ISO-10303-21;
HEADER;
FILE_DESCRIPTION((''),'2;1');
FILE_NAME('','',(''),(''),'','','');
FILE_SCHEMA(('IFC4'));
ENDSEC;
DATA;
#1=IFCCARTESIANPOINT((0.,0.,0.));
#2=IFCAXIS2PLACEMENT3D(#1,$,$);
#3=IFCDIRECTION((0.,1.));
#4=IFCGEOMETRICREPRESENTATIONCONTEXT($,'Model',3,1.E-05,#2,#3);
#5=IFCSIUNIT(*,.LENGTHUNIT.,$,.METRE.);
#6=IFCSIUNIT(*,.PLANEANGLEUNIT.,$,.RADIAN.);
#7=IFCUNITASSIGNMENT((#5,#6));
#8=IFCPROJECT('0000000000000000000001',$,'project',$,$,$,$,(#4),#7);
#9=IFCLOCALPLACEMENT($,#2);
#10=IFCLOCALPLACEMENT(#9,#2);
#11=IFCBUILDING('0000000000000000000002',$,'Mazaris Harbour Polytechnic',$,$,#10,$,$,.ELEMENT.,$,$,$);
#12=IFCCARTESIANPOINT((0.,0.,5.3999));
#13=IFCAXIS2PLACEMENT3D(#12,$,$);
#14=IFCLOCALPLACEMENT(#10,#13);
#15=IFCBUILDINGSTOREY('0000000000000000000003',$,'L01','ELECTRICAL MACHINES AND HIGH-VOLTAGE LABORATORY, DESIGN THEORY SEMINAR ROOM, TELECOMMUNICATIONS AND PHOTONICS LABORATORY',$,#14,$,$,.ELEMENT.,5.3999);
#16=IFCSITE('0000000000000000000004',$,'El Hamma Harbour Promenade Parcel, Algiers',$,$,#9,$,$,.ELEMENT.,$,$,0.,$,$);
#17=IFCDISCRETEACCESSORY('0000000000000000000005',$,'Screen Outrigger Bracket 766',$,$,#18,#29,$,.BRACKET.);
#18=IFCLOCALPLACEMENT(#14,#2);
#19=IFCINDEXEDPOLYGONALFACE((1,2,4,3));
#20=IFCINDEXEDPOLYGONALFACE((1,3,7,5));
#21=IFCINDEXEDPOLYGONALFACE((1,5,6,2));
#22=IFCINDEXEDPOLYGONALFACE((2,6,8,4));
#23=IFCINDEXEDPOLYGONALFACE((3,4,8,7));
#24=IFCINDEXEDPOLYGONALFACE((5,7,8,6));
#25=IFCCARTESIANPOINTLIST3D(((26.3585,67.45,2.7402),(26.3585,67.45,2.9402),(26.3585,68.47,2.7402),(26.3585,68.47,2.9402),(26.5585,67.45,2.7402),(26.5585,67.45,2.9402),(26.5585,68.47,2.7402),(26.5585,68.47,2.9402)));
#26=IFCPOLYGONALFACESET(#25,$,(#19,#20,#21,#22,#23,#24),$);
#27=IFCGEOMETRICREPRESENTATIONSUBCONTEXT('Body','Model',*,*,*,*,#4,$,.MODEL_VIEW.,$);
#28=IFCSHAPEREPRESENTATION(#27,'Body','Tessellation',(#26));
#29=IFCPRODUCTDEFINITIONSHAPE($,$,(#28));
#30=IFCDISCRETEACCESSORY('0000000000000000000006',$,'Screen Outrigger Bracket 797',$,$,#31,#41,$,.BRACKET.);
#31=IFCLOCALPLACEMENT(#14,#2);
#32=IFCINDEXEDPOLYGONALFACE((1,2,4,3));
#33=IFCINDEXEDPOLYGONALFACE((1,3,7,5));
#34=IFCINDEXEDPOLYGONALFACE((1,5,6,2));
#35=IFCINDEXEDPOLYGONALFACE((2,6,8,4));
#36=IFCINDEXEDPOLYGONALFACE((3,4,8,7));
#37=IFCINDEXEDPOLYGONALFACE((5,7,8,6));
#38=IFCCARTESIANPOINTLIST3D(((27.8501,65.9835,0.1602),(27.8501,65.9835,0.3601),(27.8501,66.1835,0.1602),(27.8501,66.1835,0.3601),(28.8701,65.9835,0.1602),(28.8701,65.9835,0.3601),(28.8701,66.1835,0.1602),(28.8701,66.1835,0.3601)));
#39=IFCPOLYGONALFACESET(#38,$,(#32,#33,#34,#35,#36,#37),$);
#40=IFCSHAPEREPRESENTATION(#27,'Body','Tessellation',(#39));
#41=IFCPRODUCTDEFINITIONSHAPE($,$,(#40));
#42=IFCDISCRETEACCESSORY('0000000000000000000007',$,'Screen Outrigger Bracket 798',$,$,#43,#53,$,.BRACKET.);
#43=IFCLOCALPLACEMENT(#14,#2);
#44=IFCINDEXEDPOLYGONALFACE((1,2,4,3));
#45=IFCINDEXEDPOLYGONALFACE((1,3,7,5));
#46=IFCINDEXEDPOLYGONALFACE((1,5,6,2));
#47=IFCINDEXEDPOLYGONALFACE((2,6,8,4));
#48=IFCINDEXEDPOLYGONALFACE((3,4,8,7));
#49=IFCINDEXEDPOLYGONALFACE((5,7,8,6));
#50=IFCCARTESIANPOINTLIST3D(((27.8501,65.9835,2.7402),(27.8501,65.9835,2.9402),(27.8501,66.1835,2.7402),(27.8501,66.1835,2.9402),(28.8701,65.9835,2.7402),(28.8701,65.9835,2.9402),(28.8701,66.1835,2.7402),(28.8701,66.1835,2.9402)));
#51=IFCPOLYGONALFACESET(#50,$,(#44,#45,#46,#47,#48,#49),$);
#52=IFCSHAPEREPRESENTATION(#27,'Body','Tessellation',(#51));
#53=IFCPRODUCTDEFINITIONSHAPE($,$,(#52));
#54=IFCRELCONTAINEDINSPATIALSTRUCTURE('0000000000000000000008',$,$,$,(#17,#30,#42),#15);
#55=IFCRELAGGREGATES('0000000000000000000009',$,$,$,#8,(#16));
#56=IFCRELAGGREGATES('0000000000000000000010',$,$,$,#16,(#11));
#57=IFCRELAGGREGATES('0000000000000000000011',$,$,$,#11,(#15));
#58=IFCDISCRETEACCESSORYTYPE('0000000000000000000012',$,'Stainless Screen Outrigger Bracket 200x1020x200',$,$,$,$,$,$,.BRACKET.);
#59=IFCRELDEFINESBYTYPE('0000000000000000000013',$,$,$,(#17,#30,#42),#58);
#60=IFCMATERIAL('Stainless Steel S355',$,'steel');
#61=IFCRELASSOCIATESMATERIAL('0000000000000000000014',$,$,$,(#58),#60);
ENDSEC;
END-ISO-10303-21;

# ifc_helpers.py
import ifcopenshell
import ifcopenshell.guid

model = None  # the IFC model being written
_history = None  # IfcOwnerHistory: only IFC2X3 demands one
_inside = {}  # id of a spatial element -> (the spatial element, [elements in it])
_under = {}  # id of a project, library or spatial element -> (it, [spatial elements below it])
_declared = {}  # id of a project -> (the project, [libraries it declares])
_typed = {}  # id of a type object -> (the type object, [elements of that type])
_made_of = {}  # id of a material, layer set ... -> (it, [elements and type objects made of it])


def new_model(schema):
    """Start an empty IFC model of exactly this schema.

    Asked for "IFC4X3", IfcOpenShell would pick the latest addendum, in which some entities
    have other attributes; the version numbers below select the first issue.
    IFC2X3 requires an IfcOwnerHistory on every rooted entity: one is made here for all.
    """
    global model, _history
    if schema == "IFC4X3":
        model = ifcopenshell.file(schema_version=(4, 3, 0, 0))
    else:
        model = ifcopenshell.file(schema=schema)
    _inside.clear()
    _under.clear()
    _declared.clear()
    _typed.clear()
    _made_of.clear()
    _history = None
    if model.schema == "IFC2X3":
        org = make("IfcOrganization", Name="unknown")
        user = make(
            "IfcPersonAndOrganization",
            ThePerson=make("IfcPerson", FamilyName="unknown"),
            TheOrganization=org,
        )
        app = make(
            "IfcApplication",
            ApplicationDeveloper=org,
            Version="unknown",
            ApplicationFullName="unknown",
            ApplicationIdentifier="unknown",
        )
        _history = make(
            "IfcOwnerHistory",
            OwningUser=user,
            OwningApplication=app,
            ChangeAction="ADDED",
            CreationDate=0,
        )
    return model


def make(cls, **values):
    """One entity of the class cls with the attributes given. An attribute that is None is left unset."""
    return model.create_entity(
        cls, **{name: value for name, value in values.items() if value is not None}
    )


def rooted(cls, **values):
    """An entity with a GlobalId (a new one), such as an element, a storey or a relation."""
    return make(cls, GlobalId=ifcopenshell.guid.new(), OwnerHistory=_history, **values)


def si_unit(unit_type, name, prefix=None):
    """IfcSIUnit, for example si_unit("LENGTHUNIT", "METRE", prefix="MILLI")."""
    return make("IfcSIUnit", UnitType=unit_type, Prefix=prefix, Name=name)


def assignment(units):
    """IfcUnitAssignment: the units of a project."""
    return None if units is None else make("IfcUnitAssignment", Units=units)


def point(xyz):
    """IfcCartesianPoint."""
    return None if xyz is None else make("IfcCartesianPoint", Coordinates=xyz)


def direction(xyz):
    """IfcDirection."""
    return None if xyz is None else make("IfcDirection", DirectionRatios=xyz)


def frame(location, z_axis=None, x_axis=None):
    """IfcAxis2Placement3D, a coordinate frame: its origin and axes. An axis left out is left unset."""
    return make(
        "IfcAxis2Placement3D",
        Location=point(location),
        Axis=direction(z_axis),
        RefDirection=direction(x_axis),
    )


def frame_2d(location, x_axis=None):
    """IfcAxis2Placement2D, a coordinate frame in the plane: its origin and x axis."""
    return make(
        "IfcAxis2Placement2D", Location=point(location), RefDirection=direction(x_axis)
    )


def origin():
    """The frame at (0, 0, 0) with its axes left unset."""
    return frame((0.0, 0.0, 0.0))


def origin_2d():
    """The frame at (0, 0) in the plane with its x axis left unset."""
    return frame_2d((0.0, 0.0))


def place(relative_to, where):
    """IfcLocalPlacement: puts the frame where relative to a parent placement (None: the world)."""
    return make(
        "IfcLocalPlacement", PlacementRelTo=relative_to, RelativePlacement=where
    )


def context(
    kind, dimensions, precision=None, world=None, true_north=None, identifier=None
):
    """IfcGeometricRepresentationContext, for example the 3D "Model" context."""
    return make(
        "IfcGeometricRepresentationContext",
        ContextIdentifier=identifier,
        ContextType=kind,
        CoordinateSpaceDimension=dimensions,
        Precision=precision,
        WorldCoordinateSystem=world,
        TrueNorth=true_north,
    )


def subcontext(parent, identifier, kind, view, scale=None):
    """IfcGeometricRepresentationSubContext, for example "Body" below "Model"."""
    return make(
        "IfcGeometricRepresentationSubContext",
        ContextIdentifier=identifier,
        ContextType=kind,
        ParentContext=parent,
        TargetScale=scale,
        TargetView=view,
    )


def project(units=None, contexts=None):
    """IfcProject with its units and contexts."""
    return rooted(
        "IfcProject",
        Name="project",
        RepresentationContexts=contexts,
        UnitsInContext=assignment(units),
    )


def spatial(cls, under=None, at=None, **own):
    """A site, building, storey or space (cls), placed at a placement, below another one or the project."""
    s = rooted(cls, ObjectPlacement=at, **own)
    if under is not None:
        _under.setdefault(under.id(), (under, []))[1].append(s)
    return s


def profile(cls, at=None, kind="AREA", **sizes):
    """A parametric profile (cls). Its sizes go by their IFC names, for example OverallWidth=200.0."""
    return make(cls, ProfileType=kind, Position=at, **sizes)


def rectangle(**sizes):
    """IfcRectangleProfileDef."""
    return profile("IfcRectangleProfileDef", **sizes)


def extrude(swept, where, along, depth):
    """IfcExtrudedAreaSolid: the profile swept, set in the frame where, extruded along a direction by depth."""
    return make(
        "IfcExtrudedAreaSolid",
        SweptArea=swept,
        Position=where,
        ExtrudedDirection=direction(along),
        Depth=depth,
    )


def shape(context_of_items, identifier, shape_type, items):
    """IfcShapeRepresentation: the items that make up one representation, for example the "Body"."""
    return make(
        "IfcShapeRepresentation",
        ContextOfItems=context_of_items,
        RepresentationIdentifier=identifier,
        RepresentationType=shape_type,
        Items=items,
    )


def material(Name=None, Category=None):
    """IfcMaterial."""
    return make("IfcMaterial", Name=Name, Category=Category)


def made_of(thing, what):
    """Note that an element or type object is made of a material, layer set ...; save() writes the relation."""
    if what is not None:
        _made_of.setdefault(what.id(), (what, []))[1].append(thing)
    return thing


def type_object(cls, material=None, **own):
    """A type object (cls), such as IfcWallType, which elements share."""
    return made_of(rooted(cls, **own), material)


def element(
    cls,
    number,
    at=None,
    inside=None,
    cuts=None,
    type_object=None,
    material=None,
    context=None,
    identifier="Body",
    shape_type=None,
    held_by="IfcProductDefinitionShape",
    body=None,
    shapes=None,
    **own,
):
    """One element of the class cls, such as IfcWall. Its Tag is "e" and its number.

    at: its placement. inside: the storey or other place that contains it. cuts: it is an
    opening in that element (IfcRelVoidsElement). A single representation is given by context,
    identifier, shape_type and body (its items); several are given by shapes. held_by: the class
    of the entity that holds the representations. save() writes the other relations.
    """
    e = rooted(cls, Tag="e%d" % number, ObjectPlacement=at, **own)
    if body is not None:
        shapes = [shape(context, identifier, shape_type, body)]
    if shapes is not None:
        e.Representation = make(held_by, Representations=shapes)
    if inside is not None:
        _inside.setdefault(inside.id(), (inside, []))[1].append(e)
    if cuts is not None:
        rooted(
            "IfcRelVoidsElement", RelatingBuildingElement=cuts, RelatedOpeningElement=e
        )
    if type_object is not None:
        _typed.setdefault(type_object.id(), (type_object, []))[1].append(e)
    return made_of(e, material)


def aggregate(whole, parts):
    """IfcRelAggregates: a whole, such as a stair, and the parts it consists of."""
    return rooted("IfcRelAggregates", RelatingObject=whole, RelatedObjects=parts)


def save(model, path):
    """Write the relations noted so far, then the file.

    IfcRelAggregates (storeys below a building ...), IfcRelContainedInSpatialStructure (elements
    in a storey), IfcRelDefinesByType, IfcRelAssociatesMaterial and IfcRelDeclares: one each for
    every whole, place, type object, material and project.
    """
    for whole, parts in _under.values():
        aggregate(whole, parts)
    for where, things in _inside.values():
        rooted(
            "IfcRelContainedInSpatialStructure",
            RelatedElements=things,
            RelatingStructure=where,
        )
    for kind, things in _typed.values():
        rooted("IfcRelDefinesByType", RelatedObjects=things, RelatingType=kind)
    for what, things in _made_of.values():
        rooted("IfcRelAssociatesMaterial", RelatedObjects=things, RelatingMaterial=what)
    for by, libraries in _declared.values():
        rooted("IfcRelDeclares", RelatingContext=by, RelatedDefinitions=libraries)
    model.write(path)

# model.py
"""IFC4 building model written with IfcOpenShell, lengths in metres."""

from ifc_helpers import new_model, si_unit, direction, frame, origin, origin_2d, place, context, subcontext, project, spatial, rectangle, extrude, material, type_object, element, save


model = new_model("IFC4")

# Units and contexts
model_context = context("Model", 3, precision=1e-05, world=origin(), true_north=direction((0.0, 1.0)))
body_context = subcontext(model_context, "Body", "Model", "MODEL_VIEW")
ifc_project = project(units=[si_unit("LENGTHUNIT", "METRE"), si_unit("PLANEANGLEUNIT", "RADIAN")], contexts=[model_context])

# Site, building, storey
site_placement = place(None, origin())
site = spatial("IfcSite", under=ifc_project, at=site_placement, Name="El Hamma Harbour Promenade Parcel, Algiers", CompositionType="ELEMENT", RefElevation=0.0)
building_placement = place(site_placement, origin())
building = spatial("IfcBuilding", under=site, at=building_placement, Name="Mazaris Harbour Polytechnic", CompositionType="ELEMENT")
storey_placement = place(building_placement, frame((0.0, 0.0, 5.3999)))
storey = spatial("IfcBuildingStorey", under=building, at=storey_placement, Name="L01", Description="ELECTRICAL MACHINES AND HIGH-VOLTAGE LABORATORY, DESIGN THEORY SEMINAR ROOM, TELECOMMUNICATIONS AND PHOTONICS LABORATORY", CompositionType="ELEMENT", Elevation=5.3999)

# Discrete accessories
ifc_material_1 = material(Name="Stainless Steel S355", Category="steel")
discrete_accessory_type = type_object("IfcDiscreteAccessoryType", Name="Stainless Screen Outrigger Bracket 200x1020x200", PredefinedType="BRACKET", material=ifc_material_1)
for number, where, z_axis, x_axis, name in (
    (1, (26.4585, 67.96, 2.7402), (0.0, 0.0, 1.0), (-1.0, 0.0, 0.0), "Screen Outrigger Bracket 766"),
    (2, (28.3601, 66.0835, 0.1602), (0.0, 0.0, 1.0), (0.0, -1.0, 0.0), "Screen Outrigger Bracket 797"),
    (3, (28.3601, 66.0835, 2.7402), (0.0, 0.0, 1.0), (0.0, -1.0, 0.0), "Screen Outrigger Bracket 798"),
):
    element("IfcDiscreteAccessory", number, at=place(storey_placement, frame(where, z_axis=z_axis, x_axis=x_axis)), inside=storey, type_object=discrete_accessory_type, Name=name, PredefinedType="BRACKET", context=body_context, shape_type="SweptSolid", body=[
        extrude(rectangle(XDim=0.2, YDim=1.02, at=origin_2d()), origin(), (0.0, 0.0, 1.0), 0.2),
    ])

save(model, "model.ifc")
